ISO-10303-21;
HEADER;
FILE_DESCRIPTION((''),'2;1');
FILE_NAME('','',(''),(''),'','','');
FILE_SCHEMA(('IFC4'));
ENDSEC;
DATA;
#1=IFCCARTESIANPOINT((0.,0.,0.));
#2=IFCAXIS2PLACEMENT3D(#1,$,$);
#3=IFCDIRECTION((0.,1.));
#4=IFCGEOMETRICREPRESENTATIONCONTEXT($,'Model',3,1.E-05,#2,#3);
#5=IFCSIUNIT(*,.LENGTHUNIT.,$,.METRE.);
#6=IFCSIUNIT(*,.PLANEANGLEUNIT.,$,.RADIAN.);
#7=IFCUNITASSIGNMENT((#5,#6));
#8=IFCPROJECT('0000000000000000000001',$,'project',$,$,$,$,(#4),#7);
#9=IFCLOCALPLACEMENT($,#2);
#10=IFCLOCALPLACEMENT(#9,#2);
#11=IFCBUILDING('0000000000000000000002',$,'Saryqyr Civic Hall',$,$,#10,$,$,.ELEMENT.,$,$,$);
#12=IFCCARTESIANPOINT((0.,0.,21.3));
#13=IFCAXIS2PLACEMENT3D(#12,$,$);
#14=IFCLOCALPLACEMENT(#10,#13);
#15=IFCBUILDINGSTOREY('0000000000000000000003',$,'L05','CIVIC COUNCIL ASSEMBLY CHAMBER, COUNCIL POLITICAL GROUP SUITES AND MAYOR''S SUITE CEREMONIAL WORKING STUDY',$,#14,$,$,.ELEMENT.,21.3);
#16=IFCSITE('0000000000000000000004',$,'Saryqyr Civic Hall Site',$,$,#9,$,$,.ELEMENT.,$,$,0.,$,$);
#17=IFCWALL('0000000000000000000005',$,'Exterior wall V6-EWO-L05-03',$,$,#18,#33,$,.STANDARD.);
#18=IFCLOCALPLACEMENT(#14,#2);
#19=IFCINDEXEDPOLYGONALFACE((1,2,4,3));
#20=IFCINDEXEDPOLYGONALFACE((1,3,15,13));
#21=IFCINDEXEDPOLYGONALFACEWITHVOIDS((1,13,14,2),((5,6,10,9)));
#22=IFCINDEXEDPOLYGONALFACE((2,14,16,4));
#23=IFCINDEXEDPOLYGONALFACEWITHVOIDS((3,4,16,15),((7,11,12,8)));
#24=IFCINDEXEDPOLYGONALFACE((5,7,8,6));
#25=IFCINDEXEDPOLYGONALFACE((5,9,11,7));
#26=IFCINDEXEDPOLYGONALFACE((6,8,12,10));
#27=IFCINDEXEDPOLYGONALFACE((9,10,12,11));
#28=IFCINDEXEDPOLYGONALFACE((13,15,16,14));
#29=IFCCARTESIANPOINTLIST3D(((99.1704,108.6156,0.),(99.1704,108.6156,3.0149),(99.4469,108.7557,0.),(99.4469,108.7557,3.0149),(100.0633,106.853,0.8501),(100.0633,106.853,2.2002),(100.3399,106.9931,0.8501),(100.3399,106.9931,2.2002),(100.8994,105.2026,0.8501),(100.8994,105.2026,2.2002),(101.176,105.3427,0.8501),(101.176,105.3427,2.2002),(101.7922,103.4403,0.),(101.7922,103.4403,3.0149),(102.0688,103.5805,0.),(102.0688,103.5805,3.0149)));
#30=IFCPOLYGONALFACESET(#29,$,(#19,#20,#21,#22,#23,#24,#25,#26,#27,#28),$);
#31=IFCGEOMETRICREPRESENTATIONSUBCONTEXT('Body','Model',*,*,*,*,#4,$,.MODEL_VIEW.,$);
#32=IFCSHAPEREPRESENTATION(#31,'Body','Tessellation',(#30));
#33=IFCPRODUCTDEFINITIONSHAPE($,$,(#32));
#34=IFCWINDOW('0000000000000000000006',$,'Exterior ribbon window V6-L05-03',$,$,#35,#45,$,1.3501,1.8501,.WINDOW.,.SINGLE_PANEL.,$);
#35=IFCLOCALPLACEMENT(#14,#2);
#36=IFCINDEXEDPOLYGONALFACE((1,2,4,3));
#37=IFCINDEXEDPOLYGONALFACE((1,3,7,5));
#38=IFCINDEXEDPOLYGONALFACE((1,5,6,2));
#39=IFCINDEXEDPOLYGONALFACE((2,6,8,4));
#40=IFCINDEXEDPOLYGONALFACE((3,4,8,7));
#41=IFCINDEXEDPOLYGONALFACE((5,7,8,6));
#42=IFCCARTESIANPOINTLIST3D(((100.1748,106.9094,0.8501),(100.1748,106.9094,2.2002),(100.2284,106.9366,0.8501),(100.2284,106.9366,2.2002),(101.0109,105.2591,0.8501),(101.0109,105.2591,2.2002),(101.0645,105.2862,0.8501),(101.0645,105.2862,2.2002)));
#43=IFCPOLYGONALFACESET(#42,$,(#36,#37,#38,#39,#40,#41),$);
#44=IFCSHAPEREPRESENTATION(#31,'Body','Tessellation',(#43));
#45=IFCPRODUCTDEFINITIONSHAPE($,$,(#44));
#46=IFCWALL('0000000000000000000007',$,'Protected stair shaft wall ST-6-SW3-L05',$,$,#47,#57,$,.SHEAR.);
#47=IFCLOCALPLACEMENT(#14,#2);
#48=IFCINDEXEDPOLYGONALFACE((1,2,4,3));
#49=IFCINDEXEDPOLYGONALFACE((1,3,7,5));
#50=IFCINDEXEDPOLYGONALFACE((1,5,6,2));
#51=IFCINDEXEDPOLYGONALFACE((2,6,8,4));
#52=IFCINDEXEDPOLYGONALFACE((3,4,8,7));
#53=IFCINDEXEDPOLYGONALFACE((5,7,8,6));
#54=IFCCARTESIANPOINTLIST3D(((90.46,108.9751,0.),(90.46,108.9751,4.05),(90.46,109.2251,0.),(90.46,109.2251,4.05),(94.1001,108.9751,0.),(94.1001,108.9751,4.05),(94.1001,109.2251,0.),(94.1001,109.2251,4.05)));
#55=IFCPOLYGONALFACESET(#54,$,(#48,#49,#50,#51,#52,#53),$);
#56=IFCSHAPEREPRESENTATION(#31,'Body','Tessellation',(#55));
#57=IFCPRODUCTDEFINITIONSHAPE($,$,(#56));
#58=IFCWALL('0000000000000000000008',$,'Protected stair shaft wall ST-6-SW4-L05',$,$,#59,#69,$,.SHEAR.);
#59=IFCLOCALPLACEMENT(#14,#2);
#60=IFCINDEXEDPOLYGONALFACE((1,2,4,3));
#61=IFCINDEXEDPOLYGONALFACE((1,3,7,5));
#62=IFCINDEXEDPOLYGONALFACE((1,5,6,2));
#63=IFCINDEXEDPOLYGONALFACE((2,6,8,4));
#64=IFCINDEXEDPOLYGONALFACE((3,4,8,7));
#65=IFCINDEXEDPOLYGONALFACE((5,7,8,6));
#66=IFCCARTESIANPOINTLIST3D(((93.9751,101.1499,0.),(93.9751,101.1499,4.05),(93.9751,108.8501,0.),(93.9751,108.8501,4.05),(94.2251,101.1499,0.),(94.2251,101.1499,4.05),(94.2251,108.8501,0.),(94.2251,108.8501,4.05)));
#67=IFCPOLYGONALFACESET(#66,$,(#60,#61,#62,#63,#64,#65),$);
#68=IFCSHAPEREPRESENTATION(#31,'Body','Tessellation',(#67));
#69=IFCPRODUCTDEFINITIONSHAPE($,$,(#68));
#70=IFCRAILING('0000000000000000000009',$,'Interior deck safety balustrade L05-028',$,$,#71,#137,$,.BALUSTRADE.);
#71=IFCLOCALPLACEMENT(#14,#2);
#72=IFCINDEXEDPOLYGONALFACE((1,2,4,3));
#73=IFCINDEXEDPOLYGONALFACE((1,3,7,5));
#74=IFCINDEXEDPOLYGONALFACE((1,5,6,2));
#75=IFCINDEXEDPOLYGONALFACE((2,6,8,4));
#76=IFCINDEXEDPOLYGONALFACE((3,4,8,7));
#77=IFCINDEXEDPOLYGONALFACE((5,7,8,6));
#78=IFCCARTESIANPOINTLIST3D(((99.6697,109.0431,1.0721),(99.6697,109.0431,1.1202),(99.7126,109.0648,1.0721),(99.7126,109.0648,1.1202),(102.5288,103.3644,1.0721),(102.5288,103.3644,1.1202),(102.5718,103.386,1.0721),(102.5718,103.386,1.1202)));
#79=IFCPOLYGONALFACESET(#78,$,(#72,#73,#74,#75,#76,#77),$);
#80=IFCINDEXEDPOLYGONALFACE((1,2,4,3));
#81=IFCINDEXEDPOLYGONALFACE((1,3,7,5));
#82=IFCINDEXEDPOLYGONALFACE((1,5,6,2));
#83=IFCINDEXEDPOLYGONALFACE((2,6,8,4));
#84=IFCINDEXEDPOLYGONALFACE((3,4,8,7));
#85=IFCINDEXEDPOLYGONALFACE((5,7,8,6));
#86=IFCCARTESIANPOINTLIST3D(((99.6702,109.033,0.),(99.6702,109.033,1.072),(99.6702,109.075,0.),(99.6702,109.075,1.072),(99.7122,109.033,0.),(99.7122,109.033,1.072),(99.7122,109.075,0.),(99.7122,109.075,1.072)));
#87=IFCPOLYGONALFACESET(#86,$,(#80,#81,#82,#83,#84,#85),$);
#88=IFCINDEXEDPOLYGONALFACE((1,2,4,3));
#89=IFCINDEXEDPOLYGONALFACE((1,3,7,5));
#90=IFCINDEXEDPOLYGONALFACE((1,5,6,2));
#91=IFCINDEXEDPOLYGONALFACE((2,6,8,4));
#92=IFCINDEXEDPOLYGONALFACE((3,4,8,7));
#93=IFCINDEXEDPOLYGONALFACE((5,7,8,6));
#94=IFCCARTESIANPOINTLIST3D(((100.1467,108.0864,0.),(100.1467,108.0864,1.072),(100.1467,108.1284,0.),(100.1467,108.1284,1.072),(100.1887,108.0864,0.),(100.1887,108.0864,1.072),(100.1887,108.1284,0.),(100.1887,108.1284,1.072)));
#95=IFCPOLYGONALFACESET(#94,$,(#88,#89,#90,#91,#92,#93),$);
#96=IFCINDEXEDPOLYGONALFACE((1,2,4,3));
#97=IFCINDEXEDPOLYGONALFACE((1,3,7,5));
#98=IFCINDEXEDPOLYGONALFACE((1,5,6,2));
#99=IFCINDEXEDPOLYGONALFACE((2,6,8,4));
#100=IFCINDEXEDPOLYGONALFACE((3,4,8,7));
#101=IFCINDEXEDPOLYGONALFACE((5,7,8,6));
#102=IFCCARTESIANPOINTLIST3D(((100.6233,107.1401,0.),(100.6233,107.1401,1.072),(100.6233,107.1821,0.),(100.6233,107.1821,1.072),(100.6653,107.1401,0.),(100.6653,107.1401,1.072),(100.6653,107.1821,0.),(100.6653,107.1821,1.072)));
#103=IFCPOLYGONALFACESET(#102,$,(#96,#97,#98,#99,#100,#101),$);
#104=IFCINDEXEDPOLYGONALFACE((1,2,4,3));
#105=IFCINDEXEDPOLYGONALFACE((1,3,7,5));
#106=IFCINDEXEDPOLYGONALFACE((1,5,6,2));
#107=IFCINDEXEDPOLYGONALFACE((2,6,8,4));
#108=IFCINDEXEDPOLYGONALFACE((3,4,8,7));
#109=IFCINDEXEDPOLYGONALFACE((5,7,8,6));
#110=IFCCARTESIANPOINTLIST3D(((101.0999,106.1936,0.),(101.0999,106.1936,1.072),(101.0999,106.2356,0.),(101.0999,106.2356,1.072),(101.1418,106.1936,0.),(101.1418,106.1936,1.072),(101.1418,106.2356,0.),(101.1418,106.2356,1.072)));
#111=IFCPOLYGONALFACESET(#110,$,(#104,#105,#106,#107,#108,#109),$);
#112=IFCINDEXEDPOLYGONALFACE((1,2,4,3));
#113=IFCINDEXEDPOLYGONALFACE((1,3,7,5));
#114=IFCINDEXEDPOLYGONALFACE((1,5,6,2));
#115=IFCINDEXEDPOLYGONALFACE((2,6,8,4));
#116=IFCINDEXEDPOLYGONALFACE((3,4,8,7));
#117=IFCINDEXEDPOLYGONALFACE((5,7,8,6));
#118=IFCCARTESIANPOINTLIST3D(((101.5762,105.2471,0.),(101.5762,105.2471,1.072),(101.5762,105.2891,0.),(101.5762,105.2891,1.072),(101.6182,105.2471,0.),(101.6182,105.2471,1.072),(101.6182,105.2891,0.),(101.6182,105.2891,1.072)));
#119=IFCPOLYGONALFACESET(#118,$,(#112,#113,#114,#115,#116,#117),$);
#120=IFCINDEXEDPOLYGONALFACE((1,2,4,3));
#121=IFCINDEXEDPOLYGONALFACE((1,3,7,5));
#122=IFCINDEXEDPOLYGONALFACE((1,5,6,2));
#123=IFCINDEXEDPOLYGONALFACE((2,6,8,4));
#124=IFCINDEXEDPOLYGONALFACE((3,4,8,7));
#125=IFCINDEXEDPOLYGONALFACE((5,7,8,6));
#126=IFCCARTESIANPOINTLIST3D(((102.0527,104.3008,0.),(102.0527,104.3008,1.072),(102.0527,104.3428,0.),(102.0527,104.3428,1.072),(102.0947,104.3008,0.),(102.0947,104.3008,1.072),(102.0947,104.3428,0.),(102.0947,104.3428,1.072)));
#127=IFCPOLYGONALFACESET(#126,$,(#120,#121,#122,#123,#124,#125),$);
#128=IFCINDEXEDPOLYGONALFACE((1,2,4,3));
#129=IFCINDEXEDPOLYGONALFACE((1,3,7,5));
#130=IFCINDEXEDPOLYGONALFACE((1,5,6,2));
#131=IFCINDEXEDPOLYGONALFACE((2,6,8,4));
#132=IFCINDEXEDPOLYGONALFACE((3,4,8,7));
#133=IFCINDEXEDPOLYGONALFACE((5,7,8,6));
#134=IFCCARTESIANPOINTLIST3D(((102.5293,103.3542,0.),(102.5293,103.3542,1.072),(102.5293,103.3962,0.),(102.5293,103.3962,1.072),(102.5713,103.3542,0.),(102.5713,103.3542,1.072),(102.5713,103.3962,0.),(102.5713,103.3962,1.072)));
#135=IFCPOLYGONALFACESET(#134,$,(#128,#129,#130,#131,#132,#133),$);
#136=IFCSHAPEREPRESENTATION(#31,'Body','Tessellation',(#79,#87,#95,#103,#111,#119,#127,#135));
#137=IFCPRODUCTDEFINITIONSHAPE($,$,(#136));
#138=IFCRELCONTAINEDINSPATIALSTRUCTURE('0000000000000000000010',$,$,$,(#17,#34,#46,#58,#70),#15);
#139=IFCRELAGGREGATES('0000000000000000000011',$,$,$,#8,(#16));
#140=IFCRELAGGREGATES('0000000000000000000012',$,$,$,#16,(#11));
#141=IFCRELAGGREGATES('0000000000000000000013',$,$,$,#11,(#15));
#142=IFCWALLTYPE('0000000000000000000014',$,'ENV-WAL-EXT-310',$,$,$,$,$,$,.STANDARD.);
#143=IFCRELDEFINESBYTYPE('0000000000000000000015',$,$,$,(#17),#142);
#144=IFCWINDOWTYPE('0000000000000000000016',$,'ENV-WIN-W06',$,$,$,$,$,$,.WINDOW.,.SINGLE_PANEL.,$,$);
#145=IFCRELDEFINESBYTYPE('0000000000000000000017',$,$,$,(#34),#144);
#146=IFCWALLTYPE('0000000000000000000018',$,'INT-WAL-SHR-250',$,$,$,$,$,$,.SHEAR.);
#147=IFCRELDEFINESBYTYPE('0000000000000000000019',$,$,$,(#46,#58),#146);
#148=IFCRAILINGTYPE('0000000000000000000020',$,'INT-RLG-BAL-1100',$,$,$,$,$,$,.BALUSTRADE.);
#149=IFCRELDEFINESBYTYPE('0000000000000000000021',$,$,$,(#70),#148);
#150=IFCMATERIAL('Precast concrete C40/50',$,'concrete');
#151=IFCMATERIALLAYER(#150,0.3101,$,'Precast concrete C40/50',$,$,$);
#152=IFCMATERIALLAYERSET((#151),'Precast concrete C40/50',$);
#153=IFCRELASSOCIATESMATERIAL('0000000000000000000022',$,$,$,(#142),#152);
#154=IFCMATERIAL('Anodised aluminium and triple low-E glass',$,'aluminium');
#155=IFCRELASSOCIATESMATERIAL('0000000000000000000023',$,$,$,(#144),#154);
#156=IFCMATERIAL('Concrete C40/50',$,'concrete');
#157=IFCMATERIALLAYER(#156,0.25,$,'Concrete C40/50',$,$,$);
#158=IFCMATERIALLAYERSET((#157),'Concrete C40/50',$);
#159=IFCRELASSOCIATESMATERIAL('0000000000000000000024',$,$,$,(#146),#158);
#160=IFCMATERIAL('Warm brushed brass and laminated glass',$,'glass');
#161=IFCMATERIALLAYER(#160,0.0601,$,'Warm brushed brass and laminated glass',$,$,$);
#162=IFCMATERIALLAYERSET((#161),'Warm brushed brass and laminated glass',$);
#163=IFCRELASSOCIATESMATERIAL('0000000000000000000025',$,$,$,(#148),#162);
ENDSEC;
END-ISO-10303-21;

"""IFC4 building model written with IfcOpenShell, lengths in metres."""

from ifc_helpers import new_model, si_unit, direction, frame, frame_2d, origin, origin_2d, place, context, subcontext, project, spatial, rectangle, extrude, material, layer, layer_set, type_object, element, fill, save


model = new_model("IFC4")

# Units and contexts
model_context = context("Model", 3, precision=1e-05, world=origin(), true_north=direction((0.0, 1.0)))
body_context = subcontext(model_context, "Body", "Model", "MODEL_VIEW")
ifc_project = project(units=[si_unit("LENGTHUNIT", "METRE"), si_unit("PLANEANGLEUNIT", "RADIAN")], contexts=[model_context])

# Site, building, storey
site_placement = place(None, origin())
site = spatial("IfcSite", under=ifc_project, at=site_placement, Name="Saryqyr Civic Hall Site", CompositionType="ELEMENT", RefElevation=0.0)
building_placement = place(site_placement, origin())
building = spatial("IfcBuilding", under=site, at=building_placement, Name="Saryqyr Civic Hall", CompositionType="ELEMENT")
storey_placement = place(building_placement, frame((0.0, 0.0, 21.3)))
storey = spatial("IfcBuildingStorey", under=building, at=storey_placement, Name="L05", Description="CIVIC COUNCIL ASSEMBLY CHAMBER, COUNCIL POLITICAL GROUP SUITES AND MAYOR'S SUITE CEREMONIAL WORKING STUDY", CompositionType="ELEMENT", Elevation=21.3)

# Shared definitions
ifc_material_1 = material(Name="Concrete C40/50", Category="concrete")

# Shared definitions
ifc_material_2 = material(Name="Anodised aluminium and triple low-E glass", Category="aluminium")

# Wall, opening, window
ifc_material_3 = material(Name="Precast concrete C40/50", Category="concrete")
ifc_layer_1 = layer(ifc_material_3, 0.3101, Name="Precast concrete C40/50")
ifc_layer_set_1 = layer_set([ifc_layer_1], Name="Precast concrete C40/50")
wall_type_1 = type_object("IfcWallType", Name="ENV-WAL-EXT-310", PredefinedType="STANDARD", material=ifc_layer_set_1)
wall_1_placement = place(storey_placement, frame((99.3086, 108.6858, 0.0), z_axis=(0.0, 0.0, 1.0), x_axis=(0.451921, -0.892058, 0.0)))
wall_1 = element("IfcWall", 1, at=wall_1_placement, inside=storey, type_object=wall_type_1, Name="Exterior wall V6-EWO-L05-03", PredefinedType="STANDARD", context=body_context, shape_type="SweptSolid", body=[
    extrude(rectangle(XDim=5.8015, YDim=0.3101, at=frame_2d((2.9009, 0.0))), origin(), (0.0, 0.0, 1.0), 3.0149),
])
opening_placement = place(wall_1_placement, frame((1.9761, 0.0, 0.8501)))
opening = element("IfcOpeningElement", 2, at=opening_placement, cuts=wall_1, PredefinedType="OPENING", context=body_context, shape_type="SweptSolid", body=[
    extrude(rectangle(XDim=1.8501, YDim=1.3501, at=frame_2d((0.925, 0.675))), frame((0.0, 0.165, 0.0), z_axis=(0.0, -1.0, 0.0), x_axis=(1.0, 0.0, 0.0)), (0.0, 0.0, 1.0), 0.3301),
])
window_type = type_object("IfcWindowType", Name="ENV-WIN-W06", PartitioningType="SINGLE_PANEL", PredefinedType="WINDOW", material=ifc_material_2)
window_placement = place(opening_placement, origin())
window = element("IfcWindow", 3, at=window_placement, inside=storey, type_object=window_type, Name="Exterior ribbon window V6-L05-03", OverallHeight=1.3501, OverallWidth=1.8501, PartitioningType="SINGLE_PANEL", PredefinedType="WINDOW", context=body_context, shape_type="SweptSolid", body=[
    extrude(rectangle(XDim=1.8501, YDim=1.3501, at=frame_2d((0.925, 0.675))), frame((0.0, 0.03, 0.0), z_axis=(0.0, -1.0, 0.0), x_axis=(1.0, 0.0, 0.0)), (0.0, 0.0, 1.0), 0.0601),
])
fill(opening, window)

# Walls
ifc_layer_2 = layer(ifc_material_1, 0.25, Name="Concrete C40/50")
ifc_layer_set_2 = layer_set([ifc_layer_2], Name="Concrete C40/50")
wall_type_2 = type_object("IfcWallType", Name="INT-WAL-SHR-250", PredefinedType="SHEAR", material=ifc_layer_set_2)
wall_2_placement = place(storey_placement, frame((90.46, 109.1001, 0.0), z_axis=(0.0, 0.0, 1.0), x_axis=(1.0, 0.0, 0.0)))
element("IfcWall", 4, at=wall_2_placement, inside=storey, type_object=wall_type_2, Name="Protected stair shaft wall ST-6-SW3-L05", PredefinedType="SHEAR", context=body_context, shape_type="SweptSolid", body=[
    extrude(rectangle(XDim=3.6401, YDim=0.25, at=frame_2d((1.8201, 0.0))), origin(), (0.0, 0.0, 1.0), 4.05),
])
wall_3_placement = place(storey_placement, frame((94.1001, 108.8501, 0.0), z_axis=(0.0, 0.0, 1.0), x_axis=(0.0, -1.0, 0.0)))
element("IfcWall", 5, at=wall_3_placement, inside=storey, type_object=wall_type_2, Name="Protected stair shaft wall ST-6-SW4-L05", PredefinedType="SHEAR", context=body_context, shape_type="SweptSolid", body=[
    extrude(rectangle(XDim=7.7002, YDim=0.25, at=frame_2d((3.8501, 0.0))), origin(), (0.0, 0.0, 1.0), 4.05),
])

# Railing
ifc_material_4 = material(Name="Warm brushed brass and laminated glass", Category="glass")
ifc_layer_3 = layer(ifc_material_4, 0.0601, Name="Warm brushed brass and laminated glass")
ifc_layer_set_3 = layer_set([ifc_layer_3], Name="Warm brushed brass and laminated glass")
railing_type = type_object("IfcRailingType", Name="INT-RLG-BAL-1100", PredefinedType="BALUSTRADE", material=ifc_layer_set_3)
railing_placement = place(storey_placement, frame((99.6912, 109.054, 0.0)))
element("IfcRailing", 6, at=railing_placement, inside=storey, type_object=railing_type, Name="Interior deck safety balustrade L05-028", PredefinedType="BALUSTRADE", context=body_context, shape_type="SweptSolid", body=[
    extrude(rectangle(XDim=0.0481, YDim=0.0481, at=origin_2d()), frame((0.0, 0.0, 1.0962), z_axis=(0.4497, -0.89318, 0.0), x_axis=(0.89318, 0.4497, 0.0)), (0.0, 0.0, 1.0), 6.3579),
    extrude(rectangle(XDim=0.042, YDim=0.042, at=origin_2d()), origin(), (0.0, 0.0, 1.0), 1.072),
    extrude(rectangle(XDim=0.042, YDim=0.042, at=origin_2d()), frame((0.4766, -0.9465, 0.0)), (0.0, 0.0, 1.0), 1.072),
    extrude(rectangle(XDim=0.042, YDim=0.042, at=origin_2d()), frame((0.9531, -1.8928, 0.0)), (0.0, 0.0, 1.0), 1.072),
    extrude(rectangle(XDim=0.042, YDim=0.042, at=origin_2d()), frame((1.4297, -2.8394, 0.0)), (0.0, 0.0, 1.0), 1.072),
    extrude(rectangle(XDim=0.042, YDim=0.042, at=origin_2d()), frame((1.906, -3.7859, 0.0)), (0.0, 0.0, 1.0), 1.072),
    extrude(rectangle(XDim=0.042, YDim=0.042, at=origin_2d()), frame((2.3826, -4.7322, 0.0)), (0.0, 0.0, 1.0), 1.072),
    extrude(rectangle(XDim=0.042, YDim=0.042, at=origin_2d()), frame((2.8591, -5.6787, 0.0)), (0.0, 0.0, 1.0), 1.072),
])

save(model, "model.ifc")
